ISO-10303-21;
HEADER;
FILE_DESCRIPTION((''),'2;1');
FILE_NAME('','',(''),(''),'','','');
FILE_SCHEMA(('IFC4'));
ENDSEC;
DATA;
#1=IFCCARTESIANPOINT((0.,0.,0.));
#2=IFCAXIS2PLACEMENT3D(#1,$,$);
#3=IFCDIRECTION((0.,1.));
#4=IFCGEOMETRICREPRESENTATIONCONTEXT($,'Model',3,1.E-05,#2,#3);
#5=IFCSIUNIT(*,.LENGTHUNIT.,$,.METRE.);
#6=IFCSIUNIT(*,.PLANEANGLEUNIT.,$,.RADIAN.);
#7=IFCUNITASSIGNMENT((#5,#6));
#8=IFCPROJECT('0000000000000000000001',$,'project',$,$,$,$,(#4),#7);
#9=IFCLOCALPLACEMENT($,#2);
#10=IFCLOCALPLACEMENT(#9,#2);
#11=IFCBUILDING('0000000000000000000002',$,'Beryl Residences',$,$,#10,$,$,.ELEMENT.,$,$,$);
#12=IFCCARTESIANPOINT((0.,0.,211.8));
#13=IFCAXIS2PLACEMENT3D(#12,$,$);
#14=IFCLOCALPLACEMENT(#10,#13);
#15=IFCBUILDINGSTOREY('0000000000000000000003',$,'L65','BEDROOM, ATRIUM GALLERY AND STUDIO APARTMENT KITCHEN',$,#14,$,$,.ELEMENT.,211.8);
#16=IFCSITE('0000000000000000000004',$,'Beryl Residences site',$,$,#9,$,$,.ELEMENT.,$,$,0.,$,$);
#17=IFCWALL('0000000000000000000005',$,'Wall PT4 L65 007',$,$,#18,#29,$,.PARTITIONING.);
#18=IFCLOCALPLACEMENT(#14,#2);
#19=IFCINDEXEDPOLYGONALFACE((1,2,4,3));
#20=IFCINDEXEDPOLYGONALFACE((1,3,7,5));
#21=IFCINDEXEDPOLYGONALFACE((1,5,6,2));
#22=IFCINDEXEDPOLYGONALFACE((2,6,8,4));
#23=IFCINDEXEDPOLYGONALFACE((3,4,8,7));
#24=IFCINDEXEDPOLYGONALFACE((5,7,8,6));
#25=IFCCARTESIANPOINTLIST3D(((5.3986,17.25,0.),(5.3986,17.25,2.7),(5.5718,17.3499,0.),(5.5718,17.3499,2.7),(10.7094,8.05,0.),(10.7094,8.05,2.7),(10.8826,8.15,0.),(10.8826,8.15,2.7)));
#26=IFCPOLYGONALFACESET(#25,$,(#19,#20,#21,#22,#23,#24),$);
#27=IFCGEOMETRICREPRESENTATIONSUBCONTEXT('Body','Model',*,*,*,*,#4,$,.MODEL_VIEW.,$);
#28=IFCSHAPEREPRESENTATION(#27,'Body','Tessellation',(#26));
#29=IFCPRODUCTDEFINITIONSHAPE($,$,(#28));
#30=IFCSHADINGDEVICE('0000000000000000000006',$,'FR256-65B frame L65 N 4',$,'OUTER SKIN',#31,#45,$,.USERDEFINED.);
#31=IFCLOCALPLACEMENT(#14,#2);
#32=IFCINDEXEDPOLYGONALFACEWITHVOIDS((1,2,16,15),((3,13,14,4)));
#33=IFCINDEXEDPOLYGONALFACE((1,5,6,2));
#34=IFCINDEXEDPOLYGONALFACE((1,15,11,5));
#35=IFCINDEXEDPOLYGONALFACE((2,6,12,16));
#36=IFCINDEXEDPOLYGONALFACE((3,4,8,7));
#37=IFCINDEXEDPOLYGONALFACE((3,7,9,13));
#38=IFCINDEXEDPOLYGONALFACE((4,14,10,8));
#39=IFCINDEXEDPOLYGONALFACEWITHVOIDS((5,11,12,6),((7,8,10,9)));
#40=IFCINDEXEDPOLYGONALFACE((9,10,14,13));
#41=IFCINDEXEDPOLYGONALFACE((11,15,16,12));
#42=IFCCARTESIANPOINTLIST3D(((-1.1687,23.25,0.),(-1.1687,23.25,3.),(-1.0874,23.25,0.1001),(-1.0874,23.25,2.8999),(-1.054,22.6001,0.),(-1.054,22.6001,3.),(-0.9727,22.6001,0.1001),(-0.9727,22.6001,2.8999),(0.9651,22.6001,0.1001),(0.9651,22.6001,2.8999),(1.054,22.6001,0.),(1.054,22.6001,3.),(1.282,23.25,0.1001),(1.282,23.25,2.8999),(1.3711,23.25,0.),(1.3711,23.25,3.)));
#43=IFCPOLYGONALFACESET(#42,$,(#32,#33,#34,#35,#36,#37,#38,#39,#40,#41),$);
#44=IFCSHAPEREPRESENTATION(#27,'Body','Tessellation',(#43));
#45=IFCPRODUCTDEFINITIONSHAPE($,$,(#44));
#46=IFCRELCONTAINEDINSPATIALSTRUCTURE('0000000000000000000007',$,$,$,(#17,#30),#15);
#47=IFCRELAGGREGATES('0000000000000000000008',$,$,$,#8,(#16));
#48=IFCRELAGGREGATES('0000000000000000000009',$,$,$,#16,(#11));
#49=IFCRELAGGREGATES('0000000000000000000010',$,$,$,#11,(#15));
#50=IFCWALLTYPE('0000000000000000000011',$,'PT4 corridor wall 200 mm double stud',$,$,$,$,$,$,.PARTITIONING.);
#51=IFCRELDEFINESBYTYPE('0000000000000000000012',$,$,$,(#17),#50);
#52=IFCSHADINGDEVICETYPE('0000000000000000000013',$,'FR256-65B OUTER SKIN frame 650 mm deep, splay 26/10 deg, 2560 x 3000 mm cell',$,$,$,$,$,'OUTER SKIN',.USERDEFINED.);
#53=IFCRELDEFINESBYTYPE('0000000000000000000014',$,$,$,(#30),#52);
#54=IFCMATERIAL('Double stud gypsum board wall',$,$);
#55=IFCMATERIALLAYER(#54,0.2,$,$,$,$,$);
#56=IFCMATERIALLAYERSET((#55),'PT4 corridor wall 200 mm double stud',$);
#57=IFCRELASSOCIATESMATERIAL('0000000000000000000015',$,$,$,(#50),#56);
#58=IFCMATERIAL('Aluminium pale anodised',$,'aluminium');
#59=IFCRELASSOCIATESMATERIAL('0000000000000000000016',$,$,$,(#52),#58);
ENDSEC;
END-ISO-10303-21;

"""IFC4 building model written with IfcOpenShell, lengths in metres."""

from ifc_helpers import new_model, entity, si_unit, direction, frame, frame_2d, origin, place, context, subcontext, project, spatial, rectangle, extrude, source, transform, mapped, material, layer, layer_set, type_object, type_shapes, element, save


model = new_model("IFC4")

# Units and contexts
model_context = context("Model", 3, precision=1e-05, world=origin(), true_north=direction((0.0, 1.0)))
body_context = subcontext(model_context, "Body", "Model", "MODEL_VIEW")
ifc_project = project(units=[si_unit("LENGTHUNIT", "METRE"), si_unit("PLANEANGLEUNIT", "RADIAN")], contexts=[model_context])

# Site, building, storey
site_placement = place(None, origin())
site = spatial("IfcSite", under=ifc_project, at=site_placement, Name="Beryl Residences site", CompositionType="ELEMENT", RefElevation=0.0)
building_placement = place(site_placement, origin())
building = spatial("IfcBuilding", under=site, at=building_placement, Name="Beryl Residences", CompositionType="ELEMENT")
storey_placement = place(building_placement, frame((0.0, 0.0, 211.8)))
storey = spatial("IfcBuildingStorey", under=building, at=storey_placement, Name="L65", Description="BEDROOM, ATRIUM GALLERY AND STUDIO APARTMENT KITCHEN", CompositionType="ELEMENT", Elevation=211.8)

# Wall
ifc_material_1 = material(Name="Double stud gypsum board wall")
ifc_layer_1 = layer(ifc_material_1, 0.2)
ifc_layer_set_1 = layer_set([ifc_layer_1], Name="PT4 corridor wall 200 mm double stud")
wall_type_1 = type_object("IfcWallType", Name="PT4 corridor wall 200 mm double stud", PredefinedType="PARTITIONING", material=ifc_layer_set_1)
wall_1_placement = place(storey_placement, frame((5.4851, 17.3, 0.0), z_axis=(0.0, 0.0, 1.0), x_axis=(0.499943, -0.866058, 0.0)))
element("IfcWall", 1, at=wall_1_placement, inside=storey, type_object=wall_type_1, Name="Wall PT4 L65 007", PredefinedType="PARTITIONING", context=body_context, shape_type="SweptSolid", body=[
    extrude(rectangle(XDim=10.6228, YDim=0.2, at=frame_2d((5.3115, 0.0))), origin(), (0.0, 0.0, 1.0), 2.7),
])

# Shading device
ifc_material_2 = material(Name="Aluminium pale anodised", Category="aluminium")
shading_device_type_1 = type_object("IfcShadingDeviceType", Name="FR256-65B OUTER SKIN frame 650 mm deep, splay 26/10 deg, 2560 x 3000 mm cell", ElementType="OUTER SKIN", PredefinedType="USERDEFINED", material=ifc_material_2)
cartesian_point_1 = entity("IfcCartesianPoint", [-1.054, 0.0])
cartesian_point_2 = entity("IfcCartesianPoint", [-0.9651, 0.1001])
cartesian_point_3 = entity("IfcCartesianPoint", [-1.3711, 0.0])
cartesian_point_4 = entity("IfcCartesianPoint", [-1.282, 0.1001])
shared_shape_1 = source(origin(), body_context, "Body", "SweptSolid", [
    entity("IfcExtrudedAreaSolidTapered", entity("IfcArbitraryProfileDefWithVoids", "AREA", None, entity("IfcPolyline", [cartesian_point_1, entity("IfcCartesianPoint", [1.054, 0.0]), entity("IfcCartesianPoint", [1.054, 3.0]), entity("IfcCartesianPoint", [-1.054, 3.0]), cartesian_point_1]), [entity("IfcPolyline", [cartesian_point_2, entity("IfcCartesianPoint", [0.9727, 0.1001]), entity("IfcCartesianPoint", [0.9727, 2.8999]), entity("IfcCartesianPoint", [-0.9651, 2.8999]), cartesian_point_2])]), entity("IfcAxis2Placement3D", entity("IfcCartesianPoint", [0.0, 0.0, 0.0]), entity("IfcDirection", [0.0, 1.0, 0.0]), entity("IfcDirection", [-1.0, 0.0, 0.0])), entity("IfcDirection", [0.0, 0.0, 1.0]), 0.6499, entity("IfcArbitraryProfileDefWithVoids", "AREA", None, entity("IfcPolyline", [cartesian_point_3, entity("IfcCartesianPoint", [1.1687, 0.0]), entity("IfcCartesianPoint", [1.1687, 3.0]), entity("IfcCartesianPoint", [-1.3711, 3.0]), cartesian_point_3]), [entity("IfcPolyline", [cartesian_point_4, entity("IfcCartesianPoint", [1.0874, 0.1001]), entity("IfcCartesianPoint", [1.0874, 2.8999]), entity("IfcCartesianPoint", [-1.282, 2.8999]), cartesian_point_4])])),
])
type_shapes(shading_device_type_1, [shared_shape_1])
for number, where, z_axis, x_axis, name in (
    (2, (0.0, 22.6001, 0.0), (0.0, 0.0, 1.0), (1.0, 0.0, 0.0), "FR256-65B frame L65 N 4"),
):
    element("IfcShadingDevice", number, at=place(storey_placement, frame(where, z_axis=z_axis, x_axis=x_axis)), inside=storey, type_object=shading_device_type_1, Name=name, ObjectType="OUTER SKIN", PredefinedType="USERDEFINED", context=body_context, shape_type="MappedRepresentation", body=[
        mapped(shared_shape_1, transform((0.0, 0.0, 0.0))),
    ])

save(model, "model.ifc")
